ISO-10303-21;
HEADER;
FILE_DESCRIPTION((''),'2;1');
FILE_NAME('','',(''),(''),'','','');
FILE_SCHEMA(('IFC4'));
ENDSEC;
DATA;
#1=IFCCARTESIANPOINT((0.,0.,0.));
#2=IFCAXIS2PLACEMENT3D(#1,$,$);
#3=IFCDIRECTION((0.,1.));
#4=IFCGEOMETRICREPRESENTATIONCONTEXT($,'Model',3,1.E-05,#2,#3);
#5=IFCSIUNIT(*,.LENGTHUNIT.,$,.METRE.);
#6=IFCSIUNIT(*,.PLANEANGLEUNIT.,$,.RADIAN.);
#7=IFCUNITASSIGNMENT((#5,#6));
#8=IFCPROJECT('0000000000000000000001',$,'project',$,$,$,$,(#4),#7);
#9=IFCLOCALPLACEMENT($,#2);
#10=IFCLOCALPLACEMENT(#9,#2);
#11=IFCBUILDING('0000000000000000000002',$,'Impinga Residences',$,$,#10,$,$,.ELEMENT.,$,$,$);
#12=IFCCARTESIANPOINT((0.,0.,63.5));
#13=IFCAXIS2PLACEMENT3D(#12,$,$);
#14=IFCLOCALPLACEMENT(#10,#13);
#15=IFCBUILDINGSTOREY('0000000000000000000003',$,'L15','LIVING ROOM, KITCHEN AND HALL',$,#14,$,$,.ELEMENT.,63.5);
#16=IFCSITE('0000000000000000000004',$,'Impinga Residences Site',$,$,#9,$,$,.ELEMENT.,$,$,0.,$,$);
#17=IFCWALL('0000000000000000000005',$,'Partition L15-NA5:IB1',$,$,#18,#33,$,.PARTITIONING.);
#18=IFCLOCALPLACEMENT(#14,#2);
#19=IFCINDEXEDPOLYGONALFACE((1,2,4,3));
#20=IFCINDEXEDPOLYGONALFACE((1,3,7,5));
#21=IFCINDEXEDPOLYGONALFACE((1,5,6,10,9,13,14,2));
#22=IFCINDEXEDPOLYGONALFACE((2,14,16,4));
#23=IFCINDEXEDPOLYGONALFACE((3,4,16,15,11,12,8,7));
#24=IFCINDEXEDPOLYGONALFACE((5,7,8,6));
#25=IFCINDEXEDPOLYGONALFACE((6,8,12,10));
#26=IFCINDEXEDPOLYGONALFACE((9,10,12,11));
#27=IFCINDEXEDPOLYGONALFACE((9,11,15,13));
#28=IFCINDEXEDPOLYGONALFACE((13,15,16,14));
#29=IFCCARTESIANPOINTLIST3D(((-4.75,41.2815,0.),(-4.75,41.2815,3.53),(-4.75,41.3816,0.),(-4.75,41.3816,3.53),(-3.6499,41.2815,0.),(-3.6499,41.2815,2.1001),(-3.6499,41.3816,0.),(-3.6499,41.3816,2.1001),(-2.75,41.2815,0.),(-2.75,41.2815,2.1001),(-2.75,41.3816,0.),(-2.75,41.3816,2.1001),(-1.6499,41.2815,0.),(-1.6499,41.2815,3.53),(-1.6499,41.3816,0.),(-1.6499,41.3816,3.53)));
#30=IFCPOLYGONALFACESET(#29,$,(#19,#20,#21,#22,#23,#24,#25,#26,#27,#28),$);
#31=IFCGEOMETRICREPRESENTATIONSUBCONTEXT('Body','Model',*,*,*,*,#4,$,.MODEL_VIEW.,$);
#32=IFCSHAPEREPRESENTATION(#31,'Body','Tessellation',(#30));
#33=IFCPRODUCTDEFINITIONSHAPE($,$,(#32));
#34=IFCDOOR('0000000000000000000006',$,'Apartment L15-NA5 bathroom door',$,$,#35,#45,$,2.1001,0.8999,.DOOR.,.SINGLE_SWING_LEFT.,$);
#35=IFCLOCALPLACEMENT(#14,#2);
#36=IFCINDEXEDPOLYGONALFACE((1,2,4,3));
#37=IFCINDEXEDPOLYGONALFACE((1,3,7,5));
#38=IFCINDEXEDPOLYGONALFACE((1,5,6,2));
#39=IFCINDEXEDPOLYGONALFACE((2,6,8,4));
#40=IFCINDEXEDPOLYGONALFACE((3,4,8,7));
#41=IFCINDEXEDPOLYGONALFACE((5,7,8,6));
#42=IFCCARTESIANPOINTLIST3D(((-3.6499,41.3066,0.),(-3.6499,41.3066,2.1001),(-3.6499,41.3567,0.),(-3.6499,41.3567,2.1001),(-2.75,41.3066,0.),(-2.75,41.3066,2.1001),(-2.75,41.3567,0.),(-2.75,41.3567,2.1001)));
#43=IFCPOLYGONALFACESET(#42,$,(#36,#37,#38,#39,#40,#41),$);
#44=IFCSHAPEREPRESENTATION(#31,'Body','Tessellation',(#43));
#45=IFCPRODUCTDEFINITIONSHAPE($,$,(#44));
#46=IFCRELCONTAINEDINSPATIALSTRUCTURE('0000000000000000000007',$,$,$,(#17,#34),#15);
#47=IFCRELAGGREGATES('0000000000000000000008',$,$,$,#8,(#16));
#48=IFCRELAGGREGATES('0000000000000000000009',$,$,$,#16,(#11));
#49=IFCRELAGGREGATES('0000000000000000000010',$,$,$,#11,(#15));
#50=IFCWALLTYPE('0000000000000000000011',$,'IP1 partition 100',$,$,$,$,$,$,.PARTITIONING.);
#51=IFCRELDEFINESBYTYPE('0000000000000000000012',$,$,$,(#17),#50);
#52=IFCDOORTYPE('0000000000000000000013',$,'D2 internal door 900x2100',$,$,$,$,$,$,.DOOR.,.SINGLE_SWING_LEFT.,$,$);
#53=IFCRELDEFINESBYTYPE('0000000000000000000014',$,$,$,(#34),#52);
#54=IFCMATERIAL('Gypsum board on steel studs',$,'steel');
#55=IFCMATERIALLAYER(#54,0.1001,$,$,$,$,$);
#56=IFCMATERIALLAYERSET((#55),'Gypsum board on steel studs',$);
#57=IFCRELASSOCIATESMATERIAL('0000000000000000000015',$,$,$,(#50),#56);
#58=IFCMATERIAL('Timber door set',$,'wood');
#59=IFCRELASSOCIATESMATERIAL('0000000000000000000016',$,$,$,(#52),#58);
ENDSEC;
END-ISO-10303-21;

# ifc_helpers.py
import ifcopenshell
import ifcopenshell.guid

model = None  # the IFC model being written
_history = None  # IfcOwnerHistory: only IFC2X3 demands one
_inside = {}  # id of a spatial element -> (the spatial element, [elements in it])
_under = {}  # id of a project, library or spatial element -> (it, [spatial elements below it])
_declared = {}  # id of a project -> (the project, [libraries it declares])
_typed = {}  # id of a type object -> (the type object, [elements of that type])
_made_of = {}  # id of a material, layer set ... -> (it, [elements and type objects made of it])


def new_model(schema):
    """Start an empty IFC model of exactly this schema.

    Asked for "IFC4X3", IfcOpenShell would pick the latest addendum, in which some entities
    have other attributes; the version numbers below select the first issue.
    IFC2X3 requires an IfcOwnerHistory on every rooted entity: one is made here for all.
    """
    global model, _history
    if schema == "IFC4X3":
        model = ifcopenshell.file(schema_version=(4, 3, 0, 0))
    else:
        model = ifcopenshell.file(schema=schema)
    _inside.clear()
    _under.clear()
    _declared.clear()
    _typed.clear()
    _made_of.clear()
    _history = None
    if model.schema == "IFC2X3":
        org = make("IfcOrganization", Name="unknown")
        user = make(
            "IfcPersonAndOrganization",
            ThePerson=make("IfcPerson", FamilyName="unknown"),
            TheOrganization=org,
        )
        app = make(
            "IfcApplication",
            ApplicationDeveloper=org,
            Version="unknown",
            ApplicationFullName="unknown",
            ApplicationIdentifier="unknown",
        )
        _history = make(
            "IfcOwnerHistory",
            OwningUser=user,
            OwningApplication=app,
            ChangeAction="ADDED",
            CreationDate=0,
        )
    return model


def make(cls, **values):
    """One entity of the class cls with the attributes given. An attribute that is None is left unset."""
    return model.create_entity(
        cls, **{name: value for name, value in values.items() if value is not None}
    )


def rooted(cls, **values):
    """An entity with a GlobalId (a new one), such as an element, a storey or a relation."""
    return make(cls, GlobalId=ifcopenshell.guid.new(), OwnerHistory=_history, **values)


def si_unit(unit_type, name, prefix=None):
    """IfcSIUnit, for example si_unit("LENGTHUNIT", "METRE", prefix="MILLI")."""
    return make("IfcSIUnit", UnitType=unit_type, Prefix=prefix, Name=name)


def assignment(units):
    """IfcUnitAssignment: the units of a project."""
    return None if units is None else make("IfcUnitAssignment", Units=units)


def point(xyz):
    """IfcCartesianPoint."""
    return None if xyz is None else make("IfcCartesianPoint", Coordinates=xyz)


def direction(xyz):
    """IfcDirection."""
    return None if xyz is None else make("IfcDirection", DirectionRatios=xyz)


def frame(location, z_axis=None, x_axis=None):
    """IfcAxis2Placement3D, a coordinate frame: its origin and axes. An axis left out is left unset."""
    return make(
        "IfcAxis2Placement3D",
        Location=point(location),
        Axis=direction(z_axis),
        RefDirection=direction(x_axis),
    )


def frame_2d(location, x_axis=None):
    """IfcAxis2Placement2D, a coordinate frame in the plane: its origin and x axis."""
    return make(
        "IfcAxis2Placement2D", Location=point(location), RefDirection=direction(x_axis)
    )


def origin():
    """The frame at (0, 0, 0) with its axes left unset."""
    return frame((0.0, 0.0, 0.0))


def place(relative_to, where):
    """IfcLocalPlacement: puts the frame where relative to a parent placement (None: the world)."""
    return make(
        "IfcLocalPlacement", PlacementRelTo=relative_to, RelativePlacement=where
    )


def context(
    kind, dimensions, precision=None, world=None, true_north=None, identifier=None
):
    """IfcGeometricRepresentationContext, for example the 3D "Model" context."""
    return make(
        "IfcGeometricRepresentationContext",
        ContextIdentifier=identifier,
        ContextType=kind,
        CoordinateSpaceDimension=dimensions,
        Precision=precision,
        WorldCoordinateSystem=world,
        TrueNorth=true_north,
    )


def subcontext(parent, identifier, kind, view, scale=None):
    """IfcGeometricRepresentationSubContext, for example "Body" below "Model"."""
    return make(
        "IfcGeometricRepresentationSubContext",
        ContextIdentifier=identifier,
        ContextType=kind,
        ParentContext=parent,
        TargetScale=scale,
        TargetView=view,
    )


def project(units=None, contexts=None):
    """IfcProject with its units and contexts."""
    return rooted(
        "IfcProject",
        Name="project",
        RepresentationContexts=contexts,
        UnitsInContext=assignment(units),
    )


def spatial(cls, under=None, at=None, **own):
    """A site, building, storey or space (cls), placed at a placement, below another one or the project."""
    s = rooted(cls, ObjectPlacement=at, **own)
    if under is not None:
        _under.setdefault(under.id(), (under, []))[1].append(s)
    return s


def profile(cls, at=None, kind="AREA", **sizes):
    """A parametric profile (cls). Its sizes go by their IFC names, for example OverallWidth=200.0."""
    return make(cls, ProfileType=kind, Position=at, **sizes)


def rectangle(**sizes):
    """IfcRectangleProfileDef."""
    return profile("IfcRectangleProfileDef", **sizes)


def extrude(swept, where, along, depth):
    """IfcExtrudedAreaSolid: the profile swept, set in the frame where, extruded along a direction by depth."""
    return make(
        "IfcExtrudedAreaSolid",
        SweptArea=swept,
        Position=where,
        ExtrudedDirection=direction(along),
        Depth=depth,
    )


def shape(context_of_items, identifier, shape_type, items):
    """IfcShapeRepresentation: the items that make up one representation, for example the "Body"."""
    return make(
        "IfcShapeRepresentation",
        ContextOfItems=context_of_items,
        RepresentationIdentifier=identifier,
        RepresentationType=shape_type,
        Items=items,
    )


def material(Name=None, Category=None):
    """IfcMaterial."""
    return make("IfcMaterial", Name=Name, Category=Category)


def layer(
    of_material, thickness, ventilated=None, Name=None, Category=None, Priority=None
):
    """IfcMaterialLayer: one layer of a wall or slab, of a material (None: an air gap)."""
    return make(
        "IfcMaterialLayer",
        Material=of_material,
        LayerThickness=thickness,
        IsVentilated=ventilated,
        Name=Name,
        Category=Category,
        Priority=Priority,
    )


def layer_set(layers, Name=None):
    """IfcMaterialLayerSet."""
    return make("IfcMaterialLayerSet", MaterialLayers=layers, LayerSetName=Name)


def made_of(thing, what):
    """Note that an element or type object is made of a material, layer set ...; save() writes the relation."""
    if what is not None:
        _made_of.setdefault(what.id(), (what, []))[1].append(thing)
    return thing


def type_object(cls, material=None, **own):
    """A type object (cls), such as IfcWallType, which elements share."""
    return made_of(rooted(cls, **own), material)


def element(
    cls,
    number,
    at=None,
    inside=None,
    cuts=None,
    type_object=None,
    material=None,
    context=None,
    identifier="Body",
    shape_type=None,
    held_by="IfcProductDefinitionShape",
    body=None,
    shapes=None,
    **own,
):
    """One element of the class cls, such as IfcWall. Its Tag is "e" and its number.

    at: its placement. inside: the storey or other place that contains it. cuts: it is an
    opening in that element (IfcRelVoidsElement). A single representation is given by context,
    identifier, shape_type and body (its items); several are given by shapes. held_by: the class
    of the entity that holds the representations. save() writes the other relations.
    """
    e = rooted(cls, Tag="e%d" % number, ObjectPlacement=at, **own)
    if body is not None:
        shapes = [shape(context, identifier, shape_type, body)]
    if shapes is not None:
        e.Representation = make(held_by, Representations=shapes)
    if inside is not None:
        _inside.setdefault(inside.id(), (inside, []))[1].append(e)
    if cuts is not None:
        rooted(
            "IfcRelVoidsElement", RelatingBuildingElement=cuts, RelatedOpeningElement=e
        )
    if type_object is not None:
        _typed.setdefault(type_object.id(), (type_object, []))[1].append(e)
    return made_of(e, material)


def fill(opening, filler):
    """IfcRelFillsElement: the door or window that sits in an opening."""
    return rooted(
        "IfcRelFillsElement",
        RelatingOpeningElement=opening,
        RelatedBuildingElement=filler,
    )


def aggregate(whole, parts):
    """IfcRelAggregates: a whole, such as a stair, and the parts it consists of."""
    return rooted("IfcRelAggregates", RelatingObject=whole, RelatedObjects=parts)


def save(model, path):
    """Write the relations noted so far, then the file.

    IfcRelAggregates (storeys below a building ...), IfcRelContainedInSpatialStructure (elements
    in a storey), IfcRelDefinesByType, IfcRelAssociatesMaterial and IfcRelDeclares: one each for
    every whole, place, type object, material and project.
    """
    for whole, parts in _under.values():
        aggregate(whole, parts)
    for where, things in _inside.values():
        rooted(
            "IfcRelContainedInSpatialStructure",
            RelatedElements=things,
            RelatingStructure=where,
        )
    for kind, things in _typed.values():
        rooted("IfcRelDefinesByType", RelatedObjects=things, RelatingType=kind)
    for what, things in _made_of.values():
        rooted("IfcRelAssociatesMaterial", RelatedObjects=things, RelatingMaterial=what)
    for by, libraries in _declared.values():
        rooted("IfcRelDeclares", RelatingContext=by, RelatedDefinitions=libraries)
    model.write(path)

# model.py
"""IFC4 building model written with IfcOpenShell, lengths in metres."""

from ifc_helpers import new_model, si_unit, direction, frame, frame_2d, origin, place, context, subcontext, project, spatial, rectangle, extrude, material, layer, layer_set, type_object, element, fill, save


model = new_model("IFC4")

# Units and contexts
model_context = context("Model", 3, precision=1e-05, world=origin(), true_north=direction((0.0, 1.0)))
body_context = subcontext(model_context, "Body", "Model", "MODEL_VIEW")
ifc_project = project(units=[si_unit("LENGTHUNIT", "METRE"), si_unit("PLANEANGLEUNIT", "RADIAN")], contexts=[model_context])

# Site, building, storey
site_placement = place(None, origin())
site = spatial("IfcSite", under=ifc_project, at=site_placement, Name="Impinga Residences Site", CompositionType="ELEMENT", RefElevation=0.0)
building_placement = place(site_placement, origin())
building = spatial("IfcBuilding", under=site, at=building_placement, Name="Impinga Residences", CompositionType="ELEMENT")
storey_placement = place(building_placement, frame((0.0, 0.0, 63.5)))
storey = spatial("IfcBuildingStorey", under=building, at=storey_placement, Name="L15", Description="LIVING ROOM, KITCHEN AND HALL", CompositionType="ELEMENT", Elevation=63.5)

# Shared definitions
ifc_material_1 = material(Name="Gypsum board on steel studs", Category="steel")
ifc_layer_1 = layer(ifc_material_1, 0.1001)
ifc_layer_set_1 = layer_set([ifc_layer_1], Name="Gypsum board on steel studs")
wall_type_1 = type_object("IfcWallType", Name="IP1 partition 100", PredefinedType="PARTITIONING", material=ifc_layer_set_1)

# Wall, opening, door
wall_1_placement = place(storey_placement, frame((-1.6499, 41.3315, 0.0), z_axis=(0.0, 0.0, 1.0), x_axis=(-1.0, 0.0, 0.0)))
wall_1 = element("IfcWall", 1, at=wall_1_placement, inside=storey, type_object=wall_type_1, Name="Partition L15-NA5:IB1", PredefinedType="PARTITIONING", context=body_context, shape_type="SweptSolid", body=[
    extrude(rectangle(XDim=3.1001, YDim=0.1001, at=frame_2d((1.55, 0.0))), origin(), (0.0, 0.0, 1.0), 3.53),
])
opening_1_placement = place(wall_1_placement, frame((1.1001, 0.0, 0.0)))
opening_1 = element("IfcOpeningElement", 2, at=opening_1_placement, cuts=wall_1, PredefinedType="OPENING", context=body_context, shape_type="SweptSolid", body=[
    extrude(rectangle(XDim=0.8999, YDim=2.1001, at=frame_2d((0.45, 1.05))), frame((0.0, 0.0601, 0.0), z_axis=(0.0, -1.0, 0.0), x_axis=(1.0, 0.0, 0.0)), (0.0, 0.0, 1.0), 0.1201),
])
ifc_material_2 = material(Name="Timber door set", Category="wood")
door_type = type_object("IfcDoorType", Name="D2 internal door 900x2100", OperationType="SINGLE_SWING_LEFT", PredefinedType="DOOR", material=ifc_material_2)
door_placement = place(opening_1_placement, origin())
door = element("IfcDoor", 3, at=door_placement, inside=storey, type_object=door_type, Name="Apartment L15-NA5 bathroom door", OperationType="SINGLE_SWING_LEFT", OverallHeight=2.1001, OverallWidth=0.8999, PredefinedType="DOOR", context=body_context, shape_type="SweptSolid", body=[
    extrude(rectangle(XDim=0.8999, YDim=2.1001, at=frame_2d((0.45, 1.05))), frame((0.0, 0.0249, 0.0), z_axis=(0.0, -1.0, 0.0), x_axis=(1.0, 0.0, 0.0)), (0.0, 0.0, 1.0), 0.05),
])
fill(opening_1, door)

save(model, "model.ifc")
